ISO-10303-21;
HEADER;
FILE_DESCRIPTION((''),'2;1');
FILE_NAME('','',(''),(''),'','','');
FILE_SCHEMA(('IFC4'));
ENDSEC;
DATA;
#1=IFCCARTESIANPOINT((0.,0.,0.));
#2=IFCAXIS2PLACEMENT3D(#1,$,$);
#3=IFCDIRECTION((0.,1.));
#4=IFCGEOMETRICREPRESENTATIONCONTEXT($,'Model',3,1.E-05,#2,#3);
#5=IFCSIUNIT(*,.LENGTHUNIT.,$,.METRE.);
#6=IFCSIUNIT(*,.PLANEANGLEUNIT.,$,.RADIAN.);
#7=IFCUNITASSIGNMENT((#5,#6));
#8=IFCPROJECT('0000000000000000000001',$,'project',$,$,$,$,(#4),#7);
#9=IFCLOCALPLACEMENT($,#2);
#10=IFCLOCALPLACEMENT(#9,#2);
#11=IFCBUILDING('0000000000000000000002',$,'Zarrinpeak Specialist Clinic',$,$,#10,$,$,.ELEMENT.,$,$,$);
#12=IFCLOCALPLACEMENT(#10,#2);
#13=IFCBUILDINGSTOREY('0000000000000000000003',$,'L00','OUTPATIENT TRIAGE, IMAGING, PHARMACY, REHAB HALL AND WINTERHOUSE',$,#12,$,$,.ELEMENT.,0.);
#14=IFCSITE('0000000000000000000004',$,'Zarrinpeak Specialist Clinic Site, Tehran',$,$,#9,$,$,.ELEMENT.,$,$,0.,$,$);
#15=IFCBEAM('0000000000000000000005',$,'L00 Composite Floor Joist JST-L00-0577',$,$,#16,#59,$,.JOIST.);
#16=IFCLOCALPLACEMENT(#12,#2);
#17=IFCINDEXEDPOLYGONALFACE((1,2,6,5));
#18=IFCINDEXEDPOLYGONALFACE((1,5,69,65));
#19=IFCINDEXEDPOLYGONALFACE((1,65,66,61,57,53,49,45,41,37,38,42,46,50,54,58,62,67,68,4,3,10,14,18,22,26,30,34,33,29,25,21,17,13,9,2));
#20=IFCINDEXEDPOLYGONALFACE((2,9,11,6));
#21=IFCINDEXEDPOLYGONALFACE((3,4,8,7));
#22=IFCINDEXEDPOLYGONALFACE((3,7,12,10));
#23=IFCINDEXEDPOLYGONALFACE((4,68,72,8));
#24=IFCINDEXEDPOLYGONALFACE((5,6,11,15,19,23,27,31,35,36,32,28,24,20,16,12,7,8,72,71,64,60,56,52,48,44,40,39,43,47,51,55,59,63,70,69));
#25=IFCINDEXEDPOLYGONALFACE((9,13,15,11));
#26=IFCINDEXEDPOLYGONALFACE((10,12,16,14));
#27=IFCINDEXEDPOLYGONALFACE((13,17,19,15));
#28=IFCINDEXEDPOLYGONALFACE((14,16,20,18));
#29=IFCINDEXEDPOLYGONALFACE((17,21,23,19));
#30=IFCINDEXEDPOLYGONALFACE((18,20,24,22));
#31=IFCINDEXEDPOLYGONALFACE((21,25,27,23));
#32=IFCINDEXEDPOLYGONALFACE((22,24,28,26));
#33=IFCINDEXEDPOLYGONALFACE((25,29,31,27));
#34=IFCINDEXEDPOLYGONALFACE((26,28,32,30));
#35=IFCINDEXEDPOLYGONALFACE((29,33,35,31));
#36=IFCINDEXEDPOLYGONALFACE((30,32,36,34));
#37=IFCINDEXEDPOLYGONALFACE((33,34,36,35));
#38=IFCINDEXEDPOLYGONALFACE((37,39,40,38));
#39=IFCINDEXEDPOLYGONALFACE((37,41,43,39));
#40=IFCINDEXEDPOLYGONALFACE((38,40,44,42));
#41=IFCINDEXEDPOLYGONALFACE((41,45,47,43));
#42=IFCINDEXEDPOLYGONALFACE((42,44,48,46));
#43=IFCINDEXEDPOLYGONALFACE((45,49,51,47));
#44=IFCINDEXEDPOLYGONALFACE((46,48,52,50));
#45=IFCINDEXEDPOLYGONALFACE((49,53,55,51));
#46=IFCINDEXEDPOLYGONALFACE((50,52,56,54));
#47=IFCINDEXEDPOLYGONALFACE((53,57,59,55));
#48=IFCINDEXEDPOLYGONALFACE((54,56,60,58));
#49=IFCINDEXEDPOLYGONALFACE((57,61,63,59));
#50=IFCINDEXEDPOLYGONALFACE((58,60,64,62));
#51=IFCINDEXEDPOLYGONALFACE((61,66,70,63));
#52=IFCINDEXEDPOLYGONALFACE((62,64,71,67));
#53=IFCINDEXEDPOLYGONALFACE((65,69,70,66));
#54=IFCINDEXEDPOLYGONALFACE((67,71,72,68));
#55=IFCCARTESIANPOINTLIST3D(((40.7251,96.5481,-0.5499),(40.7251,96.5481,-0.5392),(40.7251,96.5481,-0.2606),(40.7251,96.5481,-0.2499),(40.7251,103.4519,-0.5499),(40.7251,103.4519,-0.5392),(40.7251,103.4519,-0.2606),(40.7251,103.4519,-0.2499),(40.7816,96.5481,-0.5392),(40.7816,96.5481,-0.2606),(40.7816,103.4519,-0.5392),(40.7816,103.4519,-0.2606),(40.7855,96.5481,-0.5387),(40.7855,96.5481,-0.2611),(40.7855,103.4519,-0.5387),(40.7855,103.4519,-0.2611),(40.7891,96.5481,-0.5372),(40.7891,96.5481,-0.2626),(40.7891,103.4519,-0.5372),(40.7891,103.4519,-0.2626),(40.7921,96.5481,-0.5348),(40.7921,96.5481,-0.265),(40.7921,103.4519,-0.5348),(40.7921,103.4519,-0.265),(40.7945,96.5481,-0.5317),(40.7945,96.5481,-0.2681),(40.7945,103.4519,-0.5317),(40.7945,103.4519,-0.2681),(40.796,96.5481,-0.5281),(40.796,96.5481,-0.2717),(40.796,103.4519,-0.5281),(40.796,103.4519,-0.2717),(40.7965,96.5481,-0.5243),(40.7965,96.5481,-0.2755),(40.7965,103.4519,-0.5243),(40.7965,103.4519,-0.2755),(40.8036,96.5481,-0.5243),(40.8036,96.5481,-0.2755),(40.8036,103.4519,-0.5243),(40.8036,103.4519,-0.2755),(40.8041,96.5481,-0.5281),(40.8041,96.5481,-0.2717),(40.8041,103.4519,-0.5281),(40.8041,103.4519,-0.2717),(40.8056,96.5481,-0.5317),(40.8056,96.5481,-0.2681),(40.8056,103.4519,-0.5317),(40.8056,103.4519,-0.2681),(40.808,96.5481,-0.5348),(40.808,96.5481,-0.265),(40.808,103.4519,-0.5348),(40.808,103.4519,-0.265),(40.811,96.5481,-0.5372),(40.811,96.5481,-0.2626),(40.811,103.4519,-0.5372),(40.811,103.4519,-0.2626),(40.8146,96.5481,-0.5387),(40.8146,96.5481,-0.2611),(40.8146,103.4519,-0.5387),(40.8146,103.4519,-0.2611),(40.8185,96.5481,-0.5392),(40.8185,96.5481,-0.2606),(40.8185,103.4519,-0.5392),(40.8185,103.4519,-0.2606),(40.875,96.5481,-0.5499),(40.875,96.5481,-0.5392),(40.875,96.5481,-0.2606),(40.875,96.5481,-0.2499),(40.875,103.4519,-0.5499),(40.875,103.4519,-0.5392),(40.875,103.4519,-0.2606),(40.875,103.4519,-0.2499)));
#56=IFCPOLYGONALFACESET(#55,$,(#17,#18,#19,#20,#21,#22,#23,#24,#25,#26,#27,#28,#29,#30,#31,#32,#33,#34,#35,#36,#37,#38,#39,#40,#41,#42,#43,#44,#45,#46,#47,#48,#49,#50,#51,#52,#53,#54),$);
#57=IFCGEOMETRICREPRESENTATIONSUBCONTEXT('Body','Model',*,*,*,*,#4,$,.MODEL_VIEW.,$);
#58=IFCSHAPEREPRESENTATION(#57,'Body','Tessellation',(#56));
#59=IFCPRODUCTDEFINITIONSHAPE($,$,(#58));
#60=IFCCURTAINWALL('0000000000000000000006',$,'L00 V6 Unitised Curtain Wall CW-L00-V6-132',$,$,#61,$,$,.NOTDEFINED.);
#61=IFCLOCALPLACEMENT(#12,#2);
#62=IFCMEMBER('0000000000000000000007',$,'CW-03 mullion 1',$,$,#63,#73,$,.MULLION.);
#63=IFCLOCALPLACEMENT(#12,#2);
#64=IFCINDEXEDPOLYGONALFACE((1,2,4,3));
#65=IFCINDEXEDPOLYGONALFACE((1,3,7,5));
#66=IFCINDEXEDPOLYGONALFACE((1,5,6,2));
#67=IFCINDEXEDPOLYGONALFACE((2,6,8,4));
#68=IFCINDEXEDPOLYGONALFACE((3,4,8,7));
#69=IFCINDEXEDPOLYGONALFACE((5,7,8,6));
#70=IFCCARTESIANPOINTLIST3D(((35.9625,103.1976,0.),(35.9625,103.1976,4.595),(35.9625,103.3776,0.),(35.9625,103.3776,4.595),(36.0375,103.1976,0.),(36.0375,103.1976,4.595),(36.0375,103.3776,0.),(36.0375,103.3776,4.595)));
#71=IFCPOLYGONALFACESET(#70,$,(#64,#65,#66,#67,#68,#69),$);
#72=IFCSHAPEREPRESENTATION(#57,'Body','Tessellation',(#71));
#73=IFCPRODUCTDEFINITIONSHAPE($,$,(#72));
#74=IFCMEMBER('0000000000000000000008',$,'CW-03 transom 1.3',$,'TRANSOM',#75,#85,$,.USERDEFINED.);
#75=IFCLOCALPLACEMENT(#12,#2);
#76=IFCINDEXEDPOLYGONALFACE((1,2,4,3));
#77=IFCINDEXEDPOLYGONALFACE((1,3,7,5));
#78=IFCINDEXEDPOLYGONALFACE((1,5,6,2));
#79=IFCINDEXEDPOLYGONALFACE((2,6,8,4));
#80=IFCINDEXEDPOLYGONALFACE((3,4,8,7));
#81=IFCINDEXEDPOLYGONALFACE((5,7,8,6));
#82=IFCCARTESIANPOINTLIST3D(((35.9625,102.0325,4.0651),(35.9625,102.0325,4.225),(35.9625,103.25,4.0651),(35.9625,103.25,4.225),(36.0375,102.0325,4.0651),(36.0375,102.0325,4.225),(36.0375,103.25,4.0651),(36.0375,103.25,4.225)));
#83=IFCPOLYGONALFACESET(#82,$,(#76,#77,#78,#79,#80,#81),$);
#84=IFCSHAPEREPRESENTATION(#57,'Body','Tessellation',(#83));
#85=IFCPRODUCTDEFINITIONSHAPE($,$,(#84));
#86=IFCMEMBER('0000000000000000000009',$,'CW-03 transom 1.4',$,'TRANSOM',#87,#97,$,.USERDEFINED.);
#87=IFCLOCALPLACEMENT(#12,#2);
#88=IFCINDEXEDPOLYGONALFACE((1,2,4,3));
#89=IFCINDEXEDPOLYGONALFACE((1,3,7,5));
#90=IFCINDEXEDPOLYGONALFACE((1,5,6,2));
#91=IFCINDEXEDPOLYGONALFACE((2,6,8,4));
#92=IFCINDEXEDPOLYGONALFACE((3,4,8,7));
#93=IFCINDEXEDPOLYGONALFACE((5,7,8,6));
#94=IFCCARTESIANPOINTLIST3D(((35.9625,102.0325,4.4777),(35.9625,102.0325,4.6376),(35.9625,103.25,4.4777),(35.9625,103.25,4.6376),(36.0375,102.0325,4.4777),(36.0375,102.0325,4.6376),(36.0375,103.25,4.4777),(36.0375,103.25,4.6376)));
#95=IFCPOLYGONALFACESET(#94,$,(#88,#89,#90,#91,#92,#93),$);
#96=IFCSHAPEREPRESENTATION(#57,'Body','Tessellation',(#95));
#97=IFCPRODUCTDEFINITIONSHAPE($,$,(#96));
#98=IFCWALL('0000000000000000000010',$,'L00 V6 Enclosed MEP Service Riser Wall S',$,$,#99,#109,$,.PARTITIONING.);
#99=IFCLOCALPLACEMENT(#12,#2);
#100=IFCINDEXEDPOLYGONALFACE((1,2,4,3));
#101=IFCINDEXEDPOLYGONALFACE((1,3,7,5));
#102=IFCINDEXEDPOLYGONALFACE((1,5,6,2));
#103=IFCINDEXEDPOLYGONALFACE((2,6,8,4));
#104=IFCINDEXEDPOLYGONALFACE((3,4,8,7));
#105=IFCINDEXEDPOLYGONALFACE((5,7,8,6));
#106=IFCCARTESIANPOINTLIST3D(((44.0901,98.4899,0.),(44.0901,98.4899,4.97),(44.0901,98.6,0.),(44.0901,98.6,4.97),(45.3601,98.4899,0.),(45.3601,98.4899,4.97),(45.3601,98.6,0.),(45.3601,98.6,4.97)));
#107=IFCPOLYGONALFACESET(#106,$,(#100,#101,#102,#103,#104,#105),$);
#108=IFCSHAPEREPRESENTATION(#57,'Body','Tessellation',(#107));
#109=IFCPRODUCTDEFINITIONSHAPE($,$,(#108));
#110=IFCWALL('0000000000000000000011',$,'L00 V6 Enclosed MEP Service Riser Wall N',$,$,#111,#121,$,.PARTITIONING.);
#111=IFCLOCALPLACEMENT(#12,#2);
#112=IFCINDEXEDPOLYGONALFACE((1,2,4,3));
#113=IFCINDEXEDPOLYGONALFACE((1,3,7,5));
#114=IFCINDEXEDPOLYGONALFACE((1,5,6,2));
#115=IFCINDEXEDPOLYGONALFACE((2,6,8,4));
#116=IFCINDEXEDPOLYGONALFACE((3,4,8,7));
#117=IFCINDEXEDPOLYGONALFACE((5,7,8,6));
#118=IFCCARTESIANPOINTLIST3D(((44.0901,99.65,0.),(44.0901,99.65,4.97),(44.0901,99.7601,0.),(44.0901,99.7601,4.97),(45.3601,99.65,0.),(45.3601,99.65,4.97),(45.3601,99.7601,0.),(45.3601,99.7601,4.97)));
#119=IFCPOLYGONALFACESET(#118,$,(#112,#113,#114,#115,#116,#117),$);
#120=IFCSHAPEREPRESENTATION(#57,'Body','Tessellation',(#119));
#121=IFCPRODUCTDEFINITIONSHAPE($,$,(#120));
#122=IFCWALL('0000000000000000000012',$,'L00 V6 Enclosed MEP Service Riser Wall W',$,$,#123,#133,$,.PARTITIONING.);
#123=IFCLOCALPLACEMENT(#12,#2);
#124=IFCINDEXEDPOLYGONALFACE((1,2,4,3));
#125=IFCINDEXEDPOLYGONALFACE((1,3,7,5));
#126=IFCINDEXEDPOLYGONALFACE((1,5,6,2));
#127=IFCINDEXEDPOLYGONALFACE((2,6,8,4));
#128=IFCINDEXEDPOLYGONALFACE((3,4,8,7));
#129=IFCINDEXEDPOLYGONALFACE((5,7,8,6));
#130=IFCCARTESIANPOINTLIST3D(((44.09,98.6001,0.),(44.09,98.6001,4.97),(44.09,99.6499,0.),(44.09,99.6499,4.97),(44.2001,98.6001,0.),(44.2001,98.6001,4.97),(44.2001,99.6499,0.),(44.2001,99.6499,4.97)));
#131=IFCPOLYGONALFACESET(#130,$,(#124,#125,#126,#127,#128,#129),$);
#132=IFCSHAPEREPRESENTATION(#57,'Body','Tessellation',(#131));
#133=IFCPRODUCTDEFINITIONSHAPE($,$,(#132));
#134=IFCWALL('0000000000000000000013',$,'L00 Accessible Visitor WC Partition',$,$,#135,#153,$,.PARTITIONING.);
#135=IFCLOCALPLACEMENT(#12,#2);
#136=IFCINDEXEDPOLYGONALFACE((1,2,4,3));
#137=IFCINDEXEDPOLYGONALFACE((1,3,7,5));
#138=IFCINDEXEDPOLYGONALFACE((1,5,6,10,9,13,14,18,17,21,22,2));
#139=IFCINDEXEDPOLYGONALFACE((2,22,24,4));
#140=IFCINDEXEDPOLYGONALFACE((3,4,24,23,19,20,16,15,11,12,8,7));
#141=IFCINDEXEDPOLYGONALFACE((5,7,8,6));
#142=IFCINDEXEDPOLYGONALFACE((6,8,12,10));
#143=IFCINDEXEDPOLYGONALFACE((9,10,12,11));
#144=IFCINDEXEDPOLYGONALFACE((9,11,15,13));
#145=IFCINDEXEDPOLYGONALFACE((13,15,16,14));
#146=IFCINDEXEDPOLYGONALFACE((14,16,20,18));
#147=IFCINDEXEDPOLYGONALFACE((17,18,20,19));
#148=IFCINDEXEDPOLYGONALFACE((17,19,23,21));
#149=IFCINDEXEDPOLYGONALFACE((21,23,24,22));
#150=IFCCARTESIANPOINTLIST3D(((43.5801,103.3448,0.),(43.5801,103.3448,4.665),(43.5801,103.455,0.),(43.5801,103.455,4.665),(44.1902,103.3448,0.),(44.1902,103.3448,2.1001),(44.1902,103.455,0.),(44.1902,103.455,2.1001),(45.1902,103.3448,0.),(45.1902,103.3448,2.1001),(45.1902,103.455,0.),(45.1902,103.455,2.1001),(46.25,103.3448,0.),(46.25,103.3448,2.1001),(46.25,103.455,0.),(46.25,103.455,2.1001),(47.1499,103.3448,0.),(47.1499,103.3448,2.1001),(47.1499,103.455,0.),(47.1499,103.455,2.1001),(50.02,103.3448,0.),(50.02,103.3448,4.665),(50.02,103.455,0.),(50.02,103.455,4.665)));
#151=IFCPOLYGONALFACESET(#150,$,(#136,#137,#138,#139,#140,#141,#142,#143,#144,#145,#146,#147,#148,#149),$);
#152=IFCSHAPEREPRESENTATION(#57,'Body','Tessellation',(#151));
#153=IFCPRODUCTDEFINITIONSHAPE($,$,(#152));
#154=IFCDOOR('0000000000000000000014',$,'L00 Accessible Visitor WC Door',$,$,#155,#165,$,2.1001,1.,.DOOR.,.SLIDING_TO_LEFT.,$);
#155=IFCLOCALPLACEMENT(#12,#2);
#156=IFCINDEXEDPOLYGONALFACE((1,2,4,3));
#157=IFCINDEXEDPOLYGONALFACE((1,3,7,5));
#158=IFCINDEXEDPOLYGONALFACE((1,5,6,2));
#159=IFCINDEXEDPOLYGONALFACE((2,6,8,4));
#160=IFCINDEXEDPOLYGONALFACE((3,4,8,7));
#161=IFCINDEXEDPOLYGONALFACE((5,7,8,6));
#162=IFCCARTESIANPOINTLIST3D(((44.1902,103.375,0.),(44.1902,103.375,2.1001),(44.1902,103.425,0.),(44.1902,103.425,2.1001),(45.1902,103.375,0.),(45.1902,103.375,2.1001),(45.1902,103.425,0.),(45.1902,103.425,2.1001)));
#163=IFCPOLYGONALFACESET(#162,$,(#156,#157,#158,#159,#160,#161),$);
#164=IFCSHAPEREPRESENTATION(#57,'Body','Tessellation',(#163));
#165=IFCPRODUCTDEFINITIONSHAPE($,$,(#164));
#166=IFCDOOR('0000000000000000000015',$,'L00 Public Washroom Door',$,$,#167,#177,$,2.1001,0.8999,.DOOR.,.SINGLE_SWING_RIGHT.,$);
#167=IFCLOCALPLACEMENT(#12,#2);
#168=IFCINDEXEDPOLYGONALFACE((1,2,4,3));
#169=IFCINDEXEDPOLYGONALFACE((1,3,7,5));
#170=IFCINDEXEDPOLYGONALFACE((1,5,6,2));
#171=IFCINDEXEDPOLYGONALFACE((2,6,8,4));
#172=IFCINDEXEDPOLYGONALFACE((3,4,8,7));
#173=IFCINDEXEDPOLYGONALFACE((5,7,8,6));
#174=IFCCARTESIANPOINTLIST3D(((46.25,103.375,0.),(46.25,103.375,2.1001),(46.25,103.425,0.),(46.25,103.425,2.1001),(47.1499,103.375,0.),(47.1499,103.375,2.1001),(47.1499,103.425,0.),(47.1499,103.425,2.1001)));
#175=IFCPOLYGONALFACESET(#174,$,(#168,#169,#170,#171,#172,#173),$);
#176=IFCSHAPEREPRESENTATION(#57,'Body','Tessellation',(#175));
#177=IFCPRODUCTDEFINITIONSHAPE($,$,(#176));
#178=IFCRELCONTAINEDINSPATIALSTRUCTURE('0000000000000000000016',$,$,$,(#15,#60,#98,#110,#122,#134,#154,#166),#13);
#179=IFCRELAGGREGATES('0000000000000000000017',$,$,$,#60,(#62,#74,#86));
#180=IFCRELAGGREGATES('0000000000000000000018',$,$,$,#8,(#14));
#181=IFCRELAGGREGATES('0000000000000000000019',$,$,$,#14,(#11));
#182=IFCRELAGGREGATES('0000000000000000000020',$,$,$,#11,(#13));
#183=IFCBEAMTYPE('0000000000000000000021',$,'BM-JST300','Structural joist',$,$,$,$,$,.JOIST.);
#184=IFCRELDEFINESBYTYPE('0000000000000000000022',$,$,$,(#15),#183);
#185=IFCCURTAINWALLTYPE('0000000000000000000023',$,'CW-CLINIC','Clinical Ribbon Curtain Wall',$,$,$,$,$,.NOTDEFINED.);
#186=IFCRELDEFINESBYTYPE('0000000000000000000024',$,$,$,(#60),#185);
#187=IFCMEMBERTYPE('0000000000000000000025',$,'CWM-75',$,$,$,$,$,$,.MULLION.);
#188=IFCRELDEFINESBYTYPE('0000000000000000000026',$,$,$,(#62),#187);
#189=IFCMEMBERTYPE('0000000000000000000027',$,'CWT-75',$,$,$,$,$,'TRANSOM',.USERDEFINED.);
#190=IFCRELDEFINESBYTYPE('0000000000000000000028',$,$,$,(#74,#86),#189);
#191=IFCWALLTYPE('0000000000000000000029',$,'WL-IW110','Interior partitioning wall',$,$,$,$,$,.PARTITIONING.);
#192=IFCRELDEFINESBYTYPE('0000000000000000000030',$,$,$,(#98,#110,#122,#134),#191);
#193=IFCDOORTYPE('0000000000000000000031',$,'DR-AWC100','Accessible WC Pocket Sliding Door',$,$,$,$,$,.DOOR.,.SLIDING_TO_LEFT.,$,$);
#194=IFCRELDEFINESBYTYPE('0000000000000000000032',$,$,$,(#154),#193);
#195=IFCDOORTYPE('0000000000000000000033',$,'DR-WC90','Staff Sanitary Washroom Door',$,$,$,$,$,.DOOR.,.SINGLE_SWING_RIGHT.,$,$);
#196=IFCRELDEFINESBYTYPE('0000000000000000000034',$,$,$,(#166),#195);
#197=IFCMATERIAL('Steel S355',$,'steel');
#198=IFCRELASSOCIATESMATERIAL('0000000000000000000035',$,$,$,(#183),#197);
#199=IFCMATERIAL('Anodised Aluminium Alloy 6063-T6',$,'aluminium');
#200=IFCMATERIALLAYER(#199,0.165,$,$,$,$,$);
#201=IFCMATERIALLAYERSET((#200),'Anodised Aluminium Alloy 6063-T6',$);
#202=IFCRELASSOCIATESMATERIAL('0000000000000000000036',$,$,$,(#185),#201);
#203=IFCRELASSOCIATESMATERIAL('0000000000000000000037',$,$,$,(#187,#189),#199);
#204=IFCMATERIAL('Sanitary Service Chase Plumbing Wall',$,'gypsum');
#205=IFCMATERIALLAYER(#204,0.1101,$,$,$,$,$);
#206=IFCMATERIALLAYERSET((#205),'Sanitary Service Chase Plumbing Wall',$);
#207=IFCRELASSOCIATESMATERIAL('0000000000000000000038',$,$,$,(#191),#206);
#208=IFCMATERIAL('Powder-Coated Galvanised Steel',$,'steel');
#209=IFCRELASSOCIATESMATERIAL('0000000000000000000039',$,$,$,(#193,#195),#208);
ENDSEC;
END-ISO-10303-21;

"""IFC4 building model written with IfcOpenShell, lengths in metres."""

from ifc_helpers import new_model, si_unit, direction, frame, frame_2d, origin, origin_2d, place, context, subcontext, project, spatial, rectangle, i_section, extrude, material, layer, layer_set, material_profile, profile_set, type_object, element, fill, aggregate, save


model = new_model("IFC4")

# Units and contexts
model_context = context("Model", 3, precision=1e-05, world=origin(), true_north=direction((0.0, 1.0)))
body_context = subcontext(model_context, "Body", "Model", "MODEL_VIEW")
ifc_project = project(units=[si_unit("LENGTHUNIT", "METRE"), si_unit("PLANEANGLEUNIT", "RADIAN")], contexts=[model_context])

# Site, building, storey
site_placement = place(None, origin())
site = spatial("IfcSite", under=ifc_project, at=site_placement, Name="Zarrinpeak Specialist Clinic Site, Tehran", CompositionType="ELEMENT", RefElevation=0.0)
building_placement = place(site_placement, origin())
building = spatial("IfcBuilding", under=site, at=building_placement, Name="Zarrinpeak Specialist Clinic", CompositionType="ELEMENT")
storey_placement = place(building_placement, origin())
storey = spatial("IfcBuildingStorey", under=building, at=storey_placement, Name="L00", Description="OUTPATIENT TRIAGE, IMAGING, PHARMACY, REHAB HALL AND WINTERHOUSE", CompositionType="ELEMENT", Elevation=0.0)

# Shared definitions
ifc_material_1 = material(Name="Steel S355", Category="steel")

# Beam
ifc_material_profile_1 = material_profile(ifc_material_1, i_section(OverallWidth=0.1499, OverallDepth=0.3, WebThickness=0.0071, FlangeThickness=0.0107, FilletRadius=0.0149, at=origin_2d()), Name="IPE 300")
ifc_profile_set_1 = profile_set([ifc_material_profile_1], Name="Steel S355")
beam_type_1 = type_object("IfcBeamType", Name="BM-JST300", Description="Structural joist", PredefinedType="JOIST", material=ifc_profile_set_1)
for number, where, z_axis, x_axis, name in (
    (1, (40.8, 96.5481, -0.3999), (0.0, 1.0, 0.0), (-1.0, 0.0, 0.0), "L00 Composite Floor Joist JST-L00-0577"),
):
    element("IfcBeam", number, at=place(storey_placement, frame(where, z_axis=z_axis, x_axis=x_axis)), inside=storey, type_object=beam_type_1, Name=name, PredefinedType="JOIST", context=body_context, shape_type="SweptSolid", body=[
        extrude(i_section(OverallWidth=0.1499, OverallDepth=0.3, WebThickness=0.0071, FlangeThickness=0.0107, FilletRadius=0.0149, at=origin_2d()), origin(), (0.0, 0.0, 1.0), 6.9038),
    ])

# Curtain wall, members
ifc_material_2 = material(Name="Anodised Aluminium Alloy 6063-T6", Category="aluminium")
ifc_layer_1 = layer(ifc_material_2, 0.165)
ifc_layer_set_1 = layer_set([ifc_layer_1], Name="Anodised Aluminium Alloy 6063-T6")
curtain_wall_type = type_object("IfcCurtainWallType", Name="CW-CLINIC", Description="Clinical Ribbon Curtain Wall", PredefinedType="NOTDEFINED", material=ifc_layer_set_1)
curtain_wall_placement = place(storey_placement, origin())
curtain_wall = element("IfcCurtainWall", 2, at=curtain_wall_placement, inside=storey, type_object=curtain_wall_type, Name="L00 V6 Unitised Curtain Wall CW-L00-V6-132", PredefinedType="NOTDEFINED")
ifc_material_profile_2 = material_profile(ifc_material_2, rectangle(XDim=0.075, YDim=0.1799, at=origin_2d()), Name="ALU 75x180")
ifc_profile_set_2 = profile_set([ifc_material_profile_2], Name="Anodised Aluminium Alloy 6063-T6")
member_type_1 = type_object("IfcMemberType", Name="CWM-75", PredefinedType="MULLION", material=ifc_profile_set_2)
member_1_placement = place(storey_placement, frame((36.0, 103.2876, 0.0), z_axis=(0.0, 0.0, 1.0), x_axis=(1.0, 0.0, 0.0)))
member_1 = element("IfcMember", 3, at=member_1_placement, type_object=member_type_1, Name="CW-03 mullion 1", PredefinedType="MULLION", context=body_context, shape_type="SweptSolid", body=[
    extrude(rectangle(XDim=0.075, YDim=0.1799, at=origin_2d()), origin(), (0.0, 0.0, 1.0), 4.595),
])
ifc_material_profile_3 = material_profile(ifc_material_2, rectangle(XDim=0.075, YDim=0.1599, at=origin_2d()), Name="ALU 75x160")
ifc_profile_set_3 = profile_set([ifc_material_profile_3], Name="Anodised Aluminium Alloy 6063-T6")
member_type_2 = type_object("IfcMemberType", Name="CWT-75", ElementType="TRANSOM", PredefinedType="USERDEFINED", material=ifc_profile_set_3)
member_2_placement = place(storey_placement, frame((36.0, 103.25, 4.145), z_axis=(0.0, -1.0, 0.0), x_axis=(1.0, 0.0, 0.0)))
member_2 = element("IfcMember", 4, at=member_2_placement, type_object=member_type_2, Name="CW-03 transom 1.3", ObjectType="TRANSOM", PredefinedType="USERDEFINED", context=body_context, shape_type="SweptSolid", body=[
    extrude(rectangle(XDim=0.075, YDim=0.1599, at=origin_2d()), origin(), (0.0, 0.0, 1.0), 1.2175),
])
member_3_placement = place(storey_placement, frame((36.0, 103.25, 4.5576), z_axis=(0.0, -1.0, 0.0), x_axis=(1.0, 0.0, 0.0)))
member_3 = element("IfcMember", 5, at=member_3_placement, type_object=member_type_2, Name="CW-03 transom 1.4", ObjectType="TRANSOM", PredefinedType="USERDEFINED", context=body_context, shape_type="SweptSolid", body=[
    extrude(rectangle(XDim=0.075, YDim=0.1599, at=origin_2d()), origin(), (0.0, 0.0, 1.0), 1.2175),
])
aggregate(curtain_wall, [member_1, member_2, member_3])

# Walls
ifc_material_3 = material(Name="Sanitary Service Chase Plumbing Wall", Category="gypsum")
ifc_layer_2 = layer(ifc_material_3, 0.1101)
ifc_layer_set_2 = layer_set([ifc_layer_2], Name="Sanitary Service Chase Plumbing Wall")
wall_type_1 = type_object("IfcWallType", Name="WL-IW110", Description="Interior partitioning wall", PredefinedType="PARTITIONING", material=ifc_layer_set_2)
for number, where, z_axis, x_axis, name in (
    (6, (44.0901, 98.5449, 0.0), (0.0, 0.0, 1.0), (1.0, 0.0, 0.0), "L00 V6 Enclosed MEP Service Riser Wall S"),
    (7, (44.0901, 99.7051, 0.0), (0.0, 0.0, 1.0), (1.0, 0.0, 0.0), "L00 V6 Enclosed MEP Service Riser Wall N"),
):
    element("IfcWall", number, at=place(storey_placement, frame(where, z_axis=z_axis, x_axis=x_axis)), inside=storey, type_object=wall_type_1, Name=name, PredefinedType="PARTITIONING", context=body_context, shape_type="SweptSolid", body=[
        extrude(rectangle(XDim=1.27, YDim=0.1101, at=frame_2d((0.635, 0.0))), origin(), (0.0, 0.0, 1.0), 4.97),
    ])
wall_1_placement = place(storey_placement, frame((44.145, 98.6001, 0.0), z_axis=(0.0, 0.0, 1.0), x_axis=(0.0, 1.0, 0.0)))
element("IfcWall", 8, at=wall_1_placement, inside=storey, type_object=wall_type_1, Name="L00 V6 Enclosed MEP Service Riser Wall W", PredefinedType="PARTITIONING", context=body_context, shape_type="SweptSolid", body=[
    extrude(rectangle(XDim=1.0498, YDim=0.1101, at=frame_2d((0.5249, 0.0))), origin(), (0.0, 0.0, 1.0), 4.97),
])

# Wall, openings, doors
wall_2_placement = place(storey_placement, frame((43.5801, 103.3999, 0.0), z_axis=(0.0, 0.0, 1.0), x_axis=(1.0, 0.0, 0.0)))
wall_2 = element("IfcWall", 9, at=wall_2_placement, inside=storey, type_object=wall_type_1, Name="L00 Accessible Visitor WC Partition", PredefinedType="PARTITIONING", context=body_context, shape_type="SweptSolid", body=[
    extrude(rectangle(XDim=6.4399, YDim=0.1101, at=frame_2d((3.22, 0.0))), origin(), (0.0, 0.0, 1.0), 4.665),
])
opening_1_placement = place(wall_2_placement, frame((0.6101, 0.0, 0.0)))
opening_1 = element("IfcOpeningElement", 10, at=opening_1_placement, cuts=wall_2, PredefinedType="OPENING", context=body_context, shape_type="SweptSolid", body=[
    extrude(rectangle(XDim=1.0, YDim=2.1001, at=frame_2d((0.5, 1.05))), frame((0.0, 0.0649, 0.0), z_axis=(0.0, -1.0, 0.0), x_axis=(1.0, 0.0, 0.0)), (0.0, 0.0, 1.0), 0.1301),
])
opening_2_placement = place(wall_2_placement, frame((2.6699, 0.0, 0.0)))
opening_2 = element("IfcOpeningElement", 11, at=opening_2_placement, cuts=wall_2, PredefinedType="OPENING", context=body_context, shape_type="SweptSolid", body=[
    extrude(rectangle(XDim=0.8999, YDim=2.1001, at=frame_2d((0.45, 1.05))), frame((0.0, 0.0649, 0.0), z_axis=(0.0, -1.0, 0.0), x_axis=(1.0, 0.0, 0.0)), (0.0, 0.0, 1.0), 0.1301),
])
ifc_material_4 = material(Name="Powder-Coated Galvanised Steel", Category="steel")
door_type_1 = type_object("IfcDoorType", Name="DR-AWC100", Description="Accessible WC Pocket Sliding Door", OperationType="SLIDING_TO_LEFT", PredefinedType="DOOR", material=ifc_material_4)
door_1_placement = place(opening_1_placement, frame((1.0, 0.0, 0.0), z_axis=(0.0, 0.0, 1.0), x_axis=(-1.0, 0.0, 0.0)))
door_1 = element("IfcDoor", 12, at=door_1_placement, inside=storey, type_object=door_type_1, Name="L00 Accessible Visitor WC Door", OperationType="SLIDING_TO_LEFT", OverallHeight=2.1001, OverallWidth=1.0, PredefinedType="DOOR", context=body_context, shape_type="SweptSolid", body=[
    extrude(rectangle(XDim=1.0, YDim=2.1001, at=frame_2d((0.5, 1.05))), frame((0.0, 0.0249, 0.0), z_axis=(0.0, -1.0, 0.0), x_axis=(1.0, 0.0, 0.0)), (0.0, 0.0, 1.0), 0.05),
])
fill(opening_1, door_1)
door_type_2 = type_object("IfcDoorType", Name="DR-WC90", Description="Staff Sanitary Washroom Door", OperationType="SINGLE_SWING_RIGHT", PredefinedType="DOOR", material=ifc_material_4)
door_2_placement = place(opening_2_placement, frame((0.8999, 0.0, 0.0), z_axis=(0.0, 0.0, 1.0), x_axis=(-1.0, 0.0, 0.0)))
door_2 = element("IfcDoor", 13, at=door_2_placement, inside=storey, type_object=door_type_2, Name="L00 Public Washroom Door", OperationType="SINGLE_SWING_RIGHT", OverallHeight=2.1001, OverallWidth=0.8999, PredefinedType="DOOR", context=body_context, shape_type="SweptSolid", body=[
    extrude(rectangle(XDim=0.8999, YDim=2.1001, at=frame_2d((0.45, 1.05))), frame((0.0, 0.0249, 0.0), z_axis=(0.0, -1.0, 0.0), x_axis=(1.0, 0.0, 0.0)), (0.0, 0.0, 1.0), 0.05),
])
fill(opening_2, door_2)

save(model, "model.ifc")
